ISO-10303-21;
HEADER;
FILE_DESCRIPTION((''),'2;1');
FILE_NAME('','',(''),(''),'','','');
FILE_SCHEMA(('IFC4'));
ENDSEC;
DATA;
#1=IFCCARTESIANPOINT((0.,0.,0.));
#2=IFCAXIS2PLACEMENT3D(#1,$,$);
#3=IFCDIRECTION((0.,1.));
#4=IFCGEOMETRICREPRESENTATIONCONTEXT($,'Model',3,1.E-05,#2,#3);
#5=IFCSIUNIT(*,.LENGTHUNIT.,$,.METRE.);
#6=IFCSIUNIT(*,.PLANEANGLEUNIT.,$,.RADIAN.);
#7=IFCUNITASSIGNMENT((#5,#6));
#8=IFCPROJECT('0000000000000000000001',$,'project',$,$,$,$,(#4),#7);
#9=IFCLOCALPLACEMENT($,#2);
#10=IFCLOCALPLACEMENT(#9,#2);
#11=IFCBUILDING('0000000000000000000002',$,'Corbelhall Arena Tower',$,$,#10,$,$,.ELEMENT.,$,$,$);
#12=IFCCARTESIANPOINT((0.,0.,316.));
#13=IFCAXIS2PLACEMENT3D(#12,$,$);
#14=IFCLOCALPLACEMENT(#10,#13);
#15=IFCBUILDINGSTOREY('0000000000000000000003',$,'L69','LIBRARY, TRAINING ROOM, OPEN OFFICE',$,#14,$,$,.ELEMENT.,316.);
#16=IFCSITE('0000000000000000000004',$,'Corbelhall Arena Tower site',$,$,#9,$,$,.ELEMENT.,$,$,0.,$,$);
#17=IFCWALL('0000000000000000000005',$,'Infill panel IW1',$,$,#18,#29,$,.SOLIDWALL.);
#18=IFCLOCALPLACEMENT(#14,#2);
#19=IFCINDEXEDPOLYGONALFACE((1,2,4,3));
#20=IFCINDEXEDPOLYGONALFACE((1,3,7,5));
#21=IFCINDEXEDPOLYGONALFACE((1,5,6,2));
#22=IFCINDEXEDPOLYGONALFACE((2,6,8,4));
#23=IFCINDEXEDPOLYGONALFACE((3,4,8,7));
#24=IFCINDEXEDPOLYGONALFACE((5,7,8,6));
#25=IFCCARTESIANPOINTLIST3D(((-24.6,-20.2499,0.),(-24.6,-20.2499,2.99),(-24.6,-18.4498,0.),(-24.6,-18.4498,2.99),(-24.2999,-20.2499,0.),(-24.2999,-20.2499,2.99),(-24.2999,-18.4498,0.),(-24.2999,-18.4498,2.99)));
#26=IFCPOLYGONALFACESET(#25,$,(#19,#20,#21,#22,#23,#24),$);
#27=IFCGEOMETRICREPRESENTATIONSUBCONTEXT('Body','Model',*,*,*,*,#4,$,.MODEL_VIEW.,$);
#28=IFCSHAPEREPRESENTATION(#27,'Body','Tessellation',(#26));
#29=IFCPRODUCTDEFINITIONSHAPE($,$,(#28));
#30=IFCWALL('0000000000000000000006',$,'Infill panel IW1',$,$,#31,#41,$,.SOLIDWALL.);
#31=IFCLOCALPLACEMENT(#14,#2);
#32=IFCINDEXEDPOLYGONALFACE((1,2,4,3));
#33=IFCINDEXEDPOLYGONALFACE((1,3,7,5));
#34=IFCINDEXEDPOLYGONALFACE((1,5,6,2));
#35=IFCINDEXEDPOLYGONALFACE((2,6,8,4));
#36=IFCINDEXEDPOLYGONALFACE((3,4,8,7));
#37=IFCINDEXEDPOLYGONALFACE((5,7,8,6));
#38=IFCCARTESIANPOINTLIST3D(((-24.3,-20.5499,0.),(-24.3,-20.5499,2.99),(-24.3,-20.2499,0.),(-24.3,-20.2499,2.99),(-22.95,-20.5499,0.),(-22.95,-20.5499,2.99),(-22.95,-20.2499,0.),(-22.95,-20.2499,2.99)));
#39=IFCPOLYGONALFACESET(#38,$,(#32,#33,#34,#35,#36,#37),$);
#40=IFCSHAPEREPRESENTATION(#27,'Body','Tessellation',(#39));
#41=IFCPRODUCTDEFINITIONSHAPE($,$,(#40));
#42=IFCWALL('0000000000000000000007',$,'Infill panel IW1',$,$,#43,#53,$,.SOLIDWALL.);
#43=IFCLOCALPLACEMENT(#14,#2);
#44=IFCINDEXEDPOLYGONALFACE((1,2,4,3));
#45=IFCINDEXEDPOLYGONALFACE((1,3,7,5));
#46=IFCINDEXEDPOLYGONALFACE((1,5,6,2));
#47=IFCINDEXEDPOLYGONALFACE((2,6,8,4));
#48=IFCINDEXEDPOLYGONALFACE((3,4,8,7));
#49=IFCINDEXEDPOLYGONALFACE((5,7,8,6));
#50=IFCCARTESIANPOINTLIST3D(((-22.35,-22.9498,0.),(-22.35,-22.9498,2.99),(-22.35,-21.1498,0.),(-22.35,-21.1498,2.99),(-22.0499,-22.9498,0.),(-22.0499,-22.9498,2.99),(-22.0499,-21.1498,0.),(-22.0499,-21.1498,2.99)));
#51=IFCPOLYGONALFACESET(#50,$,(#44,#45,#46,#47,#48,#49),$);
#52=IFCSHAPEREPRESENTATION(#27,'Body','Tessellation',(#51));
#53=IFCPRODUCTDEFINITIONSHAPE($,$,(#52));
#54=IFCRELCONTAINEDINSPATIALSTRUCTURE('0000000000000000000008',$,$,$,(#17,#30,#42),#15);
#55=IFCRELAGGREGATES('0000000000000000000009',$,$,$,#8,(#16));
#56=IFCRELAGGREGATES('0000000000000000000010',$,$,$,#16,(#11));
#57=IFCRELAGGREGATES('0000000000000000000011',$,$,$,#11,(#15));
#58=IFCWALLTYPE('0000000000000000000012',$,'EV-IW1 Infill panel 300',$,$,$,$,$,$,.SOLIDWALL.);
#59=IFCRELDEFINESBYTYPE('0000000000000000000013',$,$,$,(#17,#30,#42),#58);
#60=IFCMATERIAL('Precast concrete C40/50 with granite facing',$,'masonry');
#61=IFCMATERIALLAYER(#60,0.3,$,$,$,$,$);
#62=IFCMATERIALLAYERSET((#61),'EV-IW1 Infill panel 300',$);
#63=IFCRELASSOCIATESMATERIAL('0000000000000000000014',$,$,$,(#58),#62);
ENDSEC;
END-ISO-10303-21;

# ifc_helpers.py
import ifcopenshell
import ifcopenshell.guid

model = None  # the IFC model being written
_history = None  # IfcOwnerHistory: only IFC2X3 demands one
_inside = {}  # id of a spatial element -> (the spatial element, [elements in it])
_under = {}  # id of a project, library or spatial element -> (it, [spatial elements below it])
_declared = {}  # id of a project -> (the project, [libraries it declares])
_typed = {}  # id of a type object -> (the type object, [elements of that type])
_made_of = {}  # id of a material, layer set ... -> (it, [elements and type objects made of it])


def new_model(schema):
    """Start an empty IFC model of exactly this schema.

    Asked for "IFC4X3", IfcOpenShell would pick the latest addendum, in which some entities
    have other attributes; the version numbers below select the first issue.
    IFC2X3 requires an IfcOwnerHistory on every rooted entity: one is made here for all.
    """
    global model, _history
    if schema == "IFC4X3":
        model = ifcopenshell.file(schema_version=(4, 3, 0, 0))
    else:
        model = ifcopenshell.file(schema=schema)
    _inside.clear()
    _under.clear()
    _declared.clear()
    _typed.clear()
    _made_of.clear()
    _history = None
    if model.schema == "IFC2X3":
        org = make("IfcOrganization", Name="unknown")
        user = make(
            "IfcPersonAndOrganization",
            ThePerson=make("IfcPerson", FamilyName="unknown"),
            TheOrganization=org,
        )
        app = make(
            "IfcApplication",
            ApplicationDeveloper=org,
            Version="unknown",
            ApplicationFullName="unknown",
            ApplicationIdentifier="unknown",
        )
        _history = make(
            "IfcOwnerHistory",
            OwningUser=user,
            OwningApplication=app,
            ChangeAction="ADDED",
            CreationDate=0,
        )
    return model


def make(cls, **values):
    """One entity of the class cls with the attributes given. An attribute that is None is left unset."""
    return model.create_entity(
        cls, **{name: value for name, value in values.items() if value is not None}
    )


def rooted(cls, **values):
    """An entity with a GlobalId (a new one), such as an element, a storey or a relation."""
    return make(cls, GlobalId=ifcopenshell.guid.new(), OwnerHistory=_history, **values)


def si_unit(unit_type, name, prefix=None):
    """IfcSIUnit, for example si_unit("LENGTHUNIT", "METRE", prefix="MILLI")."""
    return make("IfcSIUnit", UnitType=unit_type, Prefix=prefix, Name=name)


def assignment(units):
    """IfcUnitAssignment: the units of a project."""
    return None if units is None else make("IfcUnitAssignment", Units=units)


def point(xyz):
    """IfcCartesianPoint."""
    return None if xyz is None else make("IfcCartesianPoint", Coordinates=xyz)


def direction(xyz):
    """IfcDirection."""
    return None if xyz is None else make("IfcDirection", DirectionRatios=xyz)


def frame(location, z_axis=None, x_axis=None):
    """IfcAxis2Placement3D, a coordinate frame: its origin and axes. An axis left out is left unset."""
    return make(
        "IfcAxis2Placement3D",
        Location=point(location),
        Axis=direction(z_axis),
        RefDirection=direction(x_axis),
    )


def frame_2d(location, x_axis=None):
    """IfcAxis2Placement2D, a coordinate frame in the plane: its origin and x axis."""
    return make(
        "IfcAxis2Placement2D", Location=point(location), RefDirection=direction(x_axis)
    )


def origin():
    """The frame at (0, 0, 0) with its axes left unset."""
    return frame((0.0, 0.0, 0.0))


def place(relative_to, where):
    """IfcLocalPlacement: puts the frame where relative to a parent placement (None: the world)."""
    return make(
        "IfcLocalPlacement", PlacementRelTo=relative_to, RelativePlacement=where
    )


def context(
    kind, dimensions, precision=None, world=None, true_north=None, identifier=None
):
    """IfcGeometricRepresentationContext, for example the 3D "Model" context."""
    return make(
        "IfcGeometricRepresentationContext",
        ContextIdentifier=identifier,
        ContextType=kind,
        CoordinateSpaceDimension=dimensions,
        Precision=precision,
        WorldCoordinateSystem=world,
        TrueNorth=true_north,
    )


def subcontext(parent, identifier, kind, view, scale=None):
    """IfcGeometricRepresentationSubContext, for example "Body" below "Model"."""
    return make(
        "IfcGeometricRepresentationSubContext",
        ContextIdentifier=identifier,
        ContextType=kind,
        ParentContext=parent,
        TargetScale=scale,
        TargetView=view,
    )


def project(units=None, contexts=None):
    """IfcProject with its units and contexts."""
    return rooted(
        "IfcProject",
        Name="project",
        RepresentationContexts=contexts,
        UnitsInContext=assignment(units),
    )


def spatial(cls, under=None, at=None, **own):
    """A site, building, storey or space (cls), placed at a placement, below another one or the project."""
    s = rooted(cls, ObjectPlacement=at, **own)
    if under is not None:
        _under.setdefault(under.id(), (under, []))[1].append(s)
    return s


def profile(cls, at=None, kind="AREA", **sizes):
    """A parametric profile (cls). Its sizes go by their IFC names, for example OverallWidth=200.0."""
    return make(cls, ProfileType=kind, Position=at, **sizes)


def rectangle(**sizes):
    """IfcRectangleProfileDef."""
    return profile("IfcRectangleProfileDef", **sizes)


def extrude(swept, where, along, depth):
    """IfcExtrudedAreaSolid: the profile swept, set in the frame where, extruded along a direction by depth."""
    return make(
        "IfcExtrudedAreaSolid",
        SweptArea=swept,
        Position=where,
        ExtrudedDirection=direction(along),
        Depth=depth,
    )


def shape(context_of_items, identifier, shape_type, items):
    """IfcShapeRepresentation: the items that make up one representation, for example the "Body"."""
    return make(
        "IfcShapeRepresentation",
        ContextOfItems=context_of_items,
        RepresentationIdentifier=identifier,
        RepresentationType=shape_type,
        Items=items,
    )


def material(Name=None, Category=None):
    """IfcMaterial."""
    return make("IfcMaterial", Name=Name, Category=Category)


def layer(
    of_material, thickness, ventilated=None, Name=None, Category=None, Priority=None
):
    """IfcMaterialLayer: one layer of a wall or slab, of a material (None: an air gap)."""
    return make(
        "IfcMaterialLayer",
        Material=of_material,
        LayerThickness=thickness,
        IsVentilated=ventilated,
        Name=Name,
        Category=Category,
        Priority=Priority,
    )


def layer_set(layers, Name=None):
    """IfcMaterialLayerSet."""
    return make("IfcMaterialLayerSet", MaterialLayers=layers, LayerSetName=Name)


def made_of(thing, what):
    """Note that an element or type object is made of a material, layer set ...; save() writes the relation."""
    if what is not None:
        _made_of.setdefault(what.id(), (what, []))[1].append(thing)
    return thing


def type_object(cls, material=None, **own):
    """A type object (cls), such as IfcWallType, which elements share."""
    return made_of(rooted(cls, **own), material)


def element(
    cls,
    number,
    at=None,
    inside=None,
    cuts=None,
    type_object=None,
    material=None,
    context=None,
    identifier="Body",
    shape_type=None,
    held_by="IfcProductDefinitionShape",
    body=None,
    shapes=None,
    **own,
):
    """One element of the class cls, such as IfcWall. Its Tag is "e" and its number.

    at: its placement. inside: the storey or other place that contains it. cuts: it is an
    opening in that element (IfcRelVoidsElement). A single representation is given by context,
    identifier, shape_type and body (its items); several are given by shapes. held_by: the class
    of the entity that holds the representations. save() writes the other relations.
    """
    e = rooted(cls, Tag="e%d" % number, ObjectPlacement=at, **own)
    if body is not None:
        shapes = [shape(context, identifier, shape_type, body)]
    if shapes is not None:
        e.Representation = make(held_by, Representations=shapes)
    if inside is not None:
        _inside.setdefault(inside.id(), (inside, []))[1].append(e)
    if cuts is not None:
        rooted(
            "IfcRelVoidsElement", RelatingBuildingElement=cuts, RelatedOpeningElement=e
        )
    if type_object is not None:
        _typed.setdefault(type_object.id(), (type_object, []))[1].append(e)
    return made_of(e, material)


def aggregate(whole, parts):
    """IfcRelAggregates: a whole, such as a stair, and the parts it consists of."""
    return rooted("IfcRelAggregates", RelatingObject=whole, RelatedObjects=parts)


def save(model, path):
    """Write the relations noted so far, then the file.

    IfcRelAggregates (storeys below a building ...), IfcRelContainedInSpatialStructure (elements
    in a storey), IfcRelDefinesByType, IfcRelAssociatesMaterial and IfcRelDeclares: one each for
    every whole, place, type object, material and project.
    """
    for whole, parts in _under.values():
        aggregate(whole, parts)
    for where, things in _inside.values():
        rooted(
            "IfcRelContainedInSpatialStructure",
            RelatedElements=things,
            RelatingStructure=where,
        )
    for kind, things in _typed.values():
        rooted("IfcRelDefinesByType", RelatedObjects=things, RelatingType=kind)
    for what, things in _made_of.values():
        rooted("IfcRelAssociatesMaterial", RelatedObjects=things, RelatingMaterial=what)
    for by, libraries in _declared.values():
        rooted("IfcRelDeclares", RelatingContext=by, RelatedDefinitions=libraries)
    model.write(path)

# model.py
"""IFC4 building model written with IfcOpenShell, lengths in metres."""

from ifc_helpers import new_model, si_unit, direction, frame, frame_2d, origin, place, context, subcontext, project, spatial, rectangle, extrude, material, layer, layer_set, type_object, element, save


model = new_model("IFC4")

# Units and contexts
model_context = context("Model", 3, precision=1e-05, world=origin(), true_north=direction((0.0, 1.0)))
body_context = subcontext(model_context, "Body", "Model", "MODEL_VIEW")
ifc_project = project(units=[si_unit("LENGTHUNIT", "METRE"), si_unit("PLANEANGLEUNIT", "RADIAN")], contexts=[model_context])

# Site, building, storey
site_placement = place(None, origin())
site = spatial("IfcSite", under=ifc_project, at=site_placement, Name="Corbelhall Arena Tower site", CompositionType="ELEMENT", RefElevation=0.0)
building_placement = place(site_placement, origin())
building = spatial("IfcBuilding", under=site, at=building_placement, Name="Corbelhall Arena Tower", CompositionType="ELEMENT")
storey_placement = place(building_placement, frame((0.0, 0.0, 316.0)))
storey = spatial("IfcBuildingStorey", under=building, at=storey_placement, Name="L69", Description="LIBRARY, TRAINING ROOM, OPEN OFFICE", CompositionType="ELEMENT", Elevation=316.0)

# Walls
ifc_material_1 = material(Name="Precast concrete C40/50 with granite facing", Category="masonry")
ifc_layer_1 = layer(ifc_material_1, 0.3)
ifc_layer_set_1 = layer_set([ifc_layer_1], Name="EV-IW1 Infill panel 300")
wall_type_1 = type_object("IfcWallType", Name="EV-IW1 Infill panel 300", PredefinedType="SOLIDWALL", material=ifc_layer_set_1)
wall_1_placement = place(storey_placement, frame((-24.45, -18.45, 0.0), z_axis=(0.0, 0.0, 1.0), x_axis=(0.0, -1.0, 0.0)))
element("IfcWall", 1, at=wall_1_placement, inside=storey, type_object=wall_type_1, Name="Infill panel IW1", PredefinedType="SOLIDWALL", context=body_context, shape_type="SweptSolid", body=[
    extrude(rectangle(XDim=1.8, YDim=0.3, at=frame_2d((0.8999, 0.0))), origin(), (0.0, 0.0, 1.0), 2.99),
])
wall_2_placement = place(storey_placement, frame((-24.3, -20.3999, 0.0), z_axis=(0.0, 0.0, 1.0), x_axis=(1.0, 0.0, 0.0)))
element("IfcWall", 2, at=wall_2_placement, inside=storey, type_object=wall_type_1, Name="Infill panel IW1", PredefinedType="SOLIDWALL", context=body_context, shape_type="SweptSolid", body=[
    extrude(rectangle(XDim=1.3501, YDim=0.3, at=frame_2d((0.675, 0.0))), origin(), (0.0, 0.0, 1.0), 2.99),
])
wall_3_placement = place(storey_placement, frame((-22.2, -21.1499, 0.0), z_axis=(0.0, 0.0, 1.0), x_axis=(0.0, -1.0, 0.0)))
element("IfcWall", 3, at=wall_3_placement, inside=storey, type_object=wall_type_1, Name="Infill panel IW1", PredefinedType="SOLIDWALL", context=body_context, shape_type="SweptSolid", body=[
    extrude(rectangle(XDim=1.8, YDim=0.3, at=frame_2d((0.8999, 0.0))), origin(), (0.0, 0.0, 1.0), 2.99),
])

save(model, "model.ifc")
